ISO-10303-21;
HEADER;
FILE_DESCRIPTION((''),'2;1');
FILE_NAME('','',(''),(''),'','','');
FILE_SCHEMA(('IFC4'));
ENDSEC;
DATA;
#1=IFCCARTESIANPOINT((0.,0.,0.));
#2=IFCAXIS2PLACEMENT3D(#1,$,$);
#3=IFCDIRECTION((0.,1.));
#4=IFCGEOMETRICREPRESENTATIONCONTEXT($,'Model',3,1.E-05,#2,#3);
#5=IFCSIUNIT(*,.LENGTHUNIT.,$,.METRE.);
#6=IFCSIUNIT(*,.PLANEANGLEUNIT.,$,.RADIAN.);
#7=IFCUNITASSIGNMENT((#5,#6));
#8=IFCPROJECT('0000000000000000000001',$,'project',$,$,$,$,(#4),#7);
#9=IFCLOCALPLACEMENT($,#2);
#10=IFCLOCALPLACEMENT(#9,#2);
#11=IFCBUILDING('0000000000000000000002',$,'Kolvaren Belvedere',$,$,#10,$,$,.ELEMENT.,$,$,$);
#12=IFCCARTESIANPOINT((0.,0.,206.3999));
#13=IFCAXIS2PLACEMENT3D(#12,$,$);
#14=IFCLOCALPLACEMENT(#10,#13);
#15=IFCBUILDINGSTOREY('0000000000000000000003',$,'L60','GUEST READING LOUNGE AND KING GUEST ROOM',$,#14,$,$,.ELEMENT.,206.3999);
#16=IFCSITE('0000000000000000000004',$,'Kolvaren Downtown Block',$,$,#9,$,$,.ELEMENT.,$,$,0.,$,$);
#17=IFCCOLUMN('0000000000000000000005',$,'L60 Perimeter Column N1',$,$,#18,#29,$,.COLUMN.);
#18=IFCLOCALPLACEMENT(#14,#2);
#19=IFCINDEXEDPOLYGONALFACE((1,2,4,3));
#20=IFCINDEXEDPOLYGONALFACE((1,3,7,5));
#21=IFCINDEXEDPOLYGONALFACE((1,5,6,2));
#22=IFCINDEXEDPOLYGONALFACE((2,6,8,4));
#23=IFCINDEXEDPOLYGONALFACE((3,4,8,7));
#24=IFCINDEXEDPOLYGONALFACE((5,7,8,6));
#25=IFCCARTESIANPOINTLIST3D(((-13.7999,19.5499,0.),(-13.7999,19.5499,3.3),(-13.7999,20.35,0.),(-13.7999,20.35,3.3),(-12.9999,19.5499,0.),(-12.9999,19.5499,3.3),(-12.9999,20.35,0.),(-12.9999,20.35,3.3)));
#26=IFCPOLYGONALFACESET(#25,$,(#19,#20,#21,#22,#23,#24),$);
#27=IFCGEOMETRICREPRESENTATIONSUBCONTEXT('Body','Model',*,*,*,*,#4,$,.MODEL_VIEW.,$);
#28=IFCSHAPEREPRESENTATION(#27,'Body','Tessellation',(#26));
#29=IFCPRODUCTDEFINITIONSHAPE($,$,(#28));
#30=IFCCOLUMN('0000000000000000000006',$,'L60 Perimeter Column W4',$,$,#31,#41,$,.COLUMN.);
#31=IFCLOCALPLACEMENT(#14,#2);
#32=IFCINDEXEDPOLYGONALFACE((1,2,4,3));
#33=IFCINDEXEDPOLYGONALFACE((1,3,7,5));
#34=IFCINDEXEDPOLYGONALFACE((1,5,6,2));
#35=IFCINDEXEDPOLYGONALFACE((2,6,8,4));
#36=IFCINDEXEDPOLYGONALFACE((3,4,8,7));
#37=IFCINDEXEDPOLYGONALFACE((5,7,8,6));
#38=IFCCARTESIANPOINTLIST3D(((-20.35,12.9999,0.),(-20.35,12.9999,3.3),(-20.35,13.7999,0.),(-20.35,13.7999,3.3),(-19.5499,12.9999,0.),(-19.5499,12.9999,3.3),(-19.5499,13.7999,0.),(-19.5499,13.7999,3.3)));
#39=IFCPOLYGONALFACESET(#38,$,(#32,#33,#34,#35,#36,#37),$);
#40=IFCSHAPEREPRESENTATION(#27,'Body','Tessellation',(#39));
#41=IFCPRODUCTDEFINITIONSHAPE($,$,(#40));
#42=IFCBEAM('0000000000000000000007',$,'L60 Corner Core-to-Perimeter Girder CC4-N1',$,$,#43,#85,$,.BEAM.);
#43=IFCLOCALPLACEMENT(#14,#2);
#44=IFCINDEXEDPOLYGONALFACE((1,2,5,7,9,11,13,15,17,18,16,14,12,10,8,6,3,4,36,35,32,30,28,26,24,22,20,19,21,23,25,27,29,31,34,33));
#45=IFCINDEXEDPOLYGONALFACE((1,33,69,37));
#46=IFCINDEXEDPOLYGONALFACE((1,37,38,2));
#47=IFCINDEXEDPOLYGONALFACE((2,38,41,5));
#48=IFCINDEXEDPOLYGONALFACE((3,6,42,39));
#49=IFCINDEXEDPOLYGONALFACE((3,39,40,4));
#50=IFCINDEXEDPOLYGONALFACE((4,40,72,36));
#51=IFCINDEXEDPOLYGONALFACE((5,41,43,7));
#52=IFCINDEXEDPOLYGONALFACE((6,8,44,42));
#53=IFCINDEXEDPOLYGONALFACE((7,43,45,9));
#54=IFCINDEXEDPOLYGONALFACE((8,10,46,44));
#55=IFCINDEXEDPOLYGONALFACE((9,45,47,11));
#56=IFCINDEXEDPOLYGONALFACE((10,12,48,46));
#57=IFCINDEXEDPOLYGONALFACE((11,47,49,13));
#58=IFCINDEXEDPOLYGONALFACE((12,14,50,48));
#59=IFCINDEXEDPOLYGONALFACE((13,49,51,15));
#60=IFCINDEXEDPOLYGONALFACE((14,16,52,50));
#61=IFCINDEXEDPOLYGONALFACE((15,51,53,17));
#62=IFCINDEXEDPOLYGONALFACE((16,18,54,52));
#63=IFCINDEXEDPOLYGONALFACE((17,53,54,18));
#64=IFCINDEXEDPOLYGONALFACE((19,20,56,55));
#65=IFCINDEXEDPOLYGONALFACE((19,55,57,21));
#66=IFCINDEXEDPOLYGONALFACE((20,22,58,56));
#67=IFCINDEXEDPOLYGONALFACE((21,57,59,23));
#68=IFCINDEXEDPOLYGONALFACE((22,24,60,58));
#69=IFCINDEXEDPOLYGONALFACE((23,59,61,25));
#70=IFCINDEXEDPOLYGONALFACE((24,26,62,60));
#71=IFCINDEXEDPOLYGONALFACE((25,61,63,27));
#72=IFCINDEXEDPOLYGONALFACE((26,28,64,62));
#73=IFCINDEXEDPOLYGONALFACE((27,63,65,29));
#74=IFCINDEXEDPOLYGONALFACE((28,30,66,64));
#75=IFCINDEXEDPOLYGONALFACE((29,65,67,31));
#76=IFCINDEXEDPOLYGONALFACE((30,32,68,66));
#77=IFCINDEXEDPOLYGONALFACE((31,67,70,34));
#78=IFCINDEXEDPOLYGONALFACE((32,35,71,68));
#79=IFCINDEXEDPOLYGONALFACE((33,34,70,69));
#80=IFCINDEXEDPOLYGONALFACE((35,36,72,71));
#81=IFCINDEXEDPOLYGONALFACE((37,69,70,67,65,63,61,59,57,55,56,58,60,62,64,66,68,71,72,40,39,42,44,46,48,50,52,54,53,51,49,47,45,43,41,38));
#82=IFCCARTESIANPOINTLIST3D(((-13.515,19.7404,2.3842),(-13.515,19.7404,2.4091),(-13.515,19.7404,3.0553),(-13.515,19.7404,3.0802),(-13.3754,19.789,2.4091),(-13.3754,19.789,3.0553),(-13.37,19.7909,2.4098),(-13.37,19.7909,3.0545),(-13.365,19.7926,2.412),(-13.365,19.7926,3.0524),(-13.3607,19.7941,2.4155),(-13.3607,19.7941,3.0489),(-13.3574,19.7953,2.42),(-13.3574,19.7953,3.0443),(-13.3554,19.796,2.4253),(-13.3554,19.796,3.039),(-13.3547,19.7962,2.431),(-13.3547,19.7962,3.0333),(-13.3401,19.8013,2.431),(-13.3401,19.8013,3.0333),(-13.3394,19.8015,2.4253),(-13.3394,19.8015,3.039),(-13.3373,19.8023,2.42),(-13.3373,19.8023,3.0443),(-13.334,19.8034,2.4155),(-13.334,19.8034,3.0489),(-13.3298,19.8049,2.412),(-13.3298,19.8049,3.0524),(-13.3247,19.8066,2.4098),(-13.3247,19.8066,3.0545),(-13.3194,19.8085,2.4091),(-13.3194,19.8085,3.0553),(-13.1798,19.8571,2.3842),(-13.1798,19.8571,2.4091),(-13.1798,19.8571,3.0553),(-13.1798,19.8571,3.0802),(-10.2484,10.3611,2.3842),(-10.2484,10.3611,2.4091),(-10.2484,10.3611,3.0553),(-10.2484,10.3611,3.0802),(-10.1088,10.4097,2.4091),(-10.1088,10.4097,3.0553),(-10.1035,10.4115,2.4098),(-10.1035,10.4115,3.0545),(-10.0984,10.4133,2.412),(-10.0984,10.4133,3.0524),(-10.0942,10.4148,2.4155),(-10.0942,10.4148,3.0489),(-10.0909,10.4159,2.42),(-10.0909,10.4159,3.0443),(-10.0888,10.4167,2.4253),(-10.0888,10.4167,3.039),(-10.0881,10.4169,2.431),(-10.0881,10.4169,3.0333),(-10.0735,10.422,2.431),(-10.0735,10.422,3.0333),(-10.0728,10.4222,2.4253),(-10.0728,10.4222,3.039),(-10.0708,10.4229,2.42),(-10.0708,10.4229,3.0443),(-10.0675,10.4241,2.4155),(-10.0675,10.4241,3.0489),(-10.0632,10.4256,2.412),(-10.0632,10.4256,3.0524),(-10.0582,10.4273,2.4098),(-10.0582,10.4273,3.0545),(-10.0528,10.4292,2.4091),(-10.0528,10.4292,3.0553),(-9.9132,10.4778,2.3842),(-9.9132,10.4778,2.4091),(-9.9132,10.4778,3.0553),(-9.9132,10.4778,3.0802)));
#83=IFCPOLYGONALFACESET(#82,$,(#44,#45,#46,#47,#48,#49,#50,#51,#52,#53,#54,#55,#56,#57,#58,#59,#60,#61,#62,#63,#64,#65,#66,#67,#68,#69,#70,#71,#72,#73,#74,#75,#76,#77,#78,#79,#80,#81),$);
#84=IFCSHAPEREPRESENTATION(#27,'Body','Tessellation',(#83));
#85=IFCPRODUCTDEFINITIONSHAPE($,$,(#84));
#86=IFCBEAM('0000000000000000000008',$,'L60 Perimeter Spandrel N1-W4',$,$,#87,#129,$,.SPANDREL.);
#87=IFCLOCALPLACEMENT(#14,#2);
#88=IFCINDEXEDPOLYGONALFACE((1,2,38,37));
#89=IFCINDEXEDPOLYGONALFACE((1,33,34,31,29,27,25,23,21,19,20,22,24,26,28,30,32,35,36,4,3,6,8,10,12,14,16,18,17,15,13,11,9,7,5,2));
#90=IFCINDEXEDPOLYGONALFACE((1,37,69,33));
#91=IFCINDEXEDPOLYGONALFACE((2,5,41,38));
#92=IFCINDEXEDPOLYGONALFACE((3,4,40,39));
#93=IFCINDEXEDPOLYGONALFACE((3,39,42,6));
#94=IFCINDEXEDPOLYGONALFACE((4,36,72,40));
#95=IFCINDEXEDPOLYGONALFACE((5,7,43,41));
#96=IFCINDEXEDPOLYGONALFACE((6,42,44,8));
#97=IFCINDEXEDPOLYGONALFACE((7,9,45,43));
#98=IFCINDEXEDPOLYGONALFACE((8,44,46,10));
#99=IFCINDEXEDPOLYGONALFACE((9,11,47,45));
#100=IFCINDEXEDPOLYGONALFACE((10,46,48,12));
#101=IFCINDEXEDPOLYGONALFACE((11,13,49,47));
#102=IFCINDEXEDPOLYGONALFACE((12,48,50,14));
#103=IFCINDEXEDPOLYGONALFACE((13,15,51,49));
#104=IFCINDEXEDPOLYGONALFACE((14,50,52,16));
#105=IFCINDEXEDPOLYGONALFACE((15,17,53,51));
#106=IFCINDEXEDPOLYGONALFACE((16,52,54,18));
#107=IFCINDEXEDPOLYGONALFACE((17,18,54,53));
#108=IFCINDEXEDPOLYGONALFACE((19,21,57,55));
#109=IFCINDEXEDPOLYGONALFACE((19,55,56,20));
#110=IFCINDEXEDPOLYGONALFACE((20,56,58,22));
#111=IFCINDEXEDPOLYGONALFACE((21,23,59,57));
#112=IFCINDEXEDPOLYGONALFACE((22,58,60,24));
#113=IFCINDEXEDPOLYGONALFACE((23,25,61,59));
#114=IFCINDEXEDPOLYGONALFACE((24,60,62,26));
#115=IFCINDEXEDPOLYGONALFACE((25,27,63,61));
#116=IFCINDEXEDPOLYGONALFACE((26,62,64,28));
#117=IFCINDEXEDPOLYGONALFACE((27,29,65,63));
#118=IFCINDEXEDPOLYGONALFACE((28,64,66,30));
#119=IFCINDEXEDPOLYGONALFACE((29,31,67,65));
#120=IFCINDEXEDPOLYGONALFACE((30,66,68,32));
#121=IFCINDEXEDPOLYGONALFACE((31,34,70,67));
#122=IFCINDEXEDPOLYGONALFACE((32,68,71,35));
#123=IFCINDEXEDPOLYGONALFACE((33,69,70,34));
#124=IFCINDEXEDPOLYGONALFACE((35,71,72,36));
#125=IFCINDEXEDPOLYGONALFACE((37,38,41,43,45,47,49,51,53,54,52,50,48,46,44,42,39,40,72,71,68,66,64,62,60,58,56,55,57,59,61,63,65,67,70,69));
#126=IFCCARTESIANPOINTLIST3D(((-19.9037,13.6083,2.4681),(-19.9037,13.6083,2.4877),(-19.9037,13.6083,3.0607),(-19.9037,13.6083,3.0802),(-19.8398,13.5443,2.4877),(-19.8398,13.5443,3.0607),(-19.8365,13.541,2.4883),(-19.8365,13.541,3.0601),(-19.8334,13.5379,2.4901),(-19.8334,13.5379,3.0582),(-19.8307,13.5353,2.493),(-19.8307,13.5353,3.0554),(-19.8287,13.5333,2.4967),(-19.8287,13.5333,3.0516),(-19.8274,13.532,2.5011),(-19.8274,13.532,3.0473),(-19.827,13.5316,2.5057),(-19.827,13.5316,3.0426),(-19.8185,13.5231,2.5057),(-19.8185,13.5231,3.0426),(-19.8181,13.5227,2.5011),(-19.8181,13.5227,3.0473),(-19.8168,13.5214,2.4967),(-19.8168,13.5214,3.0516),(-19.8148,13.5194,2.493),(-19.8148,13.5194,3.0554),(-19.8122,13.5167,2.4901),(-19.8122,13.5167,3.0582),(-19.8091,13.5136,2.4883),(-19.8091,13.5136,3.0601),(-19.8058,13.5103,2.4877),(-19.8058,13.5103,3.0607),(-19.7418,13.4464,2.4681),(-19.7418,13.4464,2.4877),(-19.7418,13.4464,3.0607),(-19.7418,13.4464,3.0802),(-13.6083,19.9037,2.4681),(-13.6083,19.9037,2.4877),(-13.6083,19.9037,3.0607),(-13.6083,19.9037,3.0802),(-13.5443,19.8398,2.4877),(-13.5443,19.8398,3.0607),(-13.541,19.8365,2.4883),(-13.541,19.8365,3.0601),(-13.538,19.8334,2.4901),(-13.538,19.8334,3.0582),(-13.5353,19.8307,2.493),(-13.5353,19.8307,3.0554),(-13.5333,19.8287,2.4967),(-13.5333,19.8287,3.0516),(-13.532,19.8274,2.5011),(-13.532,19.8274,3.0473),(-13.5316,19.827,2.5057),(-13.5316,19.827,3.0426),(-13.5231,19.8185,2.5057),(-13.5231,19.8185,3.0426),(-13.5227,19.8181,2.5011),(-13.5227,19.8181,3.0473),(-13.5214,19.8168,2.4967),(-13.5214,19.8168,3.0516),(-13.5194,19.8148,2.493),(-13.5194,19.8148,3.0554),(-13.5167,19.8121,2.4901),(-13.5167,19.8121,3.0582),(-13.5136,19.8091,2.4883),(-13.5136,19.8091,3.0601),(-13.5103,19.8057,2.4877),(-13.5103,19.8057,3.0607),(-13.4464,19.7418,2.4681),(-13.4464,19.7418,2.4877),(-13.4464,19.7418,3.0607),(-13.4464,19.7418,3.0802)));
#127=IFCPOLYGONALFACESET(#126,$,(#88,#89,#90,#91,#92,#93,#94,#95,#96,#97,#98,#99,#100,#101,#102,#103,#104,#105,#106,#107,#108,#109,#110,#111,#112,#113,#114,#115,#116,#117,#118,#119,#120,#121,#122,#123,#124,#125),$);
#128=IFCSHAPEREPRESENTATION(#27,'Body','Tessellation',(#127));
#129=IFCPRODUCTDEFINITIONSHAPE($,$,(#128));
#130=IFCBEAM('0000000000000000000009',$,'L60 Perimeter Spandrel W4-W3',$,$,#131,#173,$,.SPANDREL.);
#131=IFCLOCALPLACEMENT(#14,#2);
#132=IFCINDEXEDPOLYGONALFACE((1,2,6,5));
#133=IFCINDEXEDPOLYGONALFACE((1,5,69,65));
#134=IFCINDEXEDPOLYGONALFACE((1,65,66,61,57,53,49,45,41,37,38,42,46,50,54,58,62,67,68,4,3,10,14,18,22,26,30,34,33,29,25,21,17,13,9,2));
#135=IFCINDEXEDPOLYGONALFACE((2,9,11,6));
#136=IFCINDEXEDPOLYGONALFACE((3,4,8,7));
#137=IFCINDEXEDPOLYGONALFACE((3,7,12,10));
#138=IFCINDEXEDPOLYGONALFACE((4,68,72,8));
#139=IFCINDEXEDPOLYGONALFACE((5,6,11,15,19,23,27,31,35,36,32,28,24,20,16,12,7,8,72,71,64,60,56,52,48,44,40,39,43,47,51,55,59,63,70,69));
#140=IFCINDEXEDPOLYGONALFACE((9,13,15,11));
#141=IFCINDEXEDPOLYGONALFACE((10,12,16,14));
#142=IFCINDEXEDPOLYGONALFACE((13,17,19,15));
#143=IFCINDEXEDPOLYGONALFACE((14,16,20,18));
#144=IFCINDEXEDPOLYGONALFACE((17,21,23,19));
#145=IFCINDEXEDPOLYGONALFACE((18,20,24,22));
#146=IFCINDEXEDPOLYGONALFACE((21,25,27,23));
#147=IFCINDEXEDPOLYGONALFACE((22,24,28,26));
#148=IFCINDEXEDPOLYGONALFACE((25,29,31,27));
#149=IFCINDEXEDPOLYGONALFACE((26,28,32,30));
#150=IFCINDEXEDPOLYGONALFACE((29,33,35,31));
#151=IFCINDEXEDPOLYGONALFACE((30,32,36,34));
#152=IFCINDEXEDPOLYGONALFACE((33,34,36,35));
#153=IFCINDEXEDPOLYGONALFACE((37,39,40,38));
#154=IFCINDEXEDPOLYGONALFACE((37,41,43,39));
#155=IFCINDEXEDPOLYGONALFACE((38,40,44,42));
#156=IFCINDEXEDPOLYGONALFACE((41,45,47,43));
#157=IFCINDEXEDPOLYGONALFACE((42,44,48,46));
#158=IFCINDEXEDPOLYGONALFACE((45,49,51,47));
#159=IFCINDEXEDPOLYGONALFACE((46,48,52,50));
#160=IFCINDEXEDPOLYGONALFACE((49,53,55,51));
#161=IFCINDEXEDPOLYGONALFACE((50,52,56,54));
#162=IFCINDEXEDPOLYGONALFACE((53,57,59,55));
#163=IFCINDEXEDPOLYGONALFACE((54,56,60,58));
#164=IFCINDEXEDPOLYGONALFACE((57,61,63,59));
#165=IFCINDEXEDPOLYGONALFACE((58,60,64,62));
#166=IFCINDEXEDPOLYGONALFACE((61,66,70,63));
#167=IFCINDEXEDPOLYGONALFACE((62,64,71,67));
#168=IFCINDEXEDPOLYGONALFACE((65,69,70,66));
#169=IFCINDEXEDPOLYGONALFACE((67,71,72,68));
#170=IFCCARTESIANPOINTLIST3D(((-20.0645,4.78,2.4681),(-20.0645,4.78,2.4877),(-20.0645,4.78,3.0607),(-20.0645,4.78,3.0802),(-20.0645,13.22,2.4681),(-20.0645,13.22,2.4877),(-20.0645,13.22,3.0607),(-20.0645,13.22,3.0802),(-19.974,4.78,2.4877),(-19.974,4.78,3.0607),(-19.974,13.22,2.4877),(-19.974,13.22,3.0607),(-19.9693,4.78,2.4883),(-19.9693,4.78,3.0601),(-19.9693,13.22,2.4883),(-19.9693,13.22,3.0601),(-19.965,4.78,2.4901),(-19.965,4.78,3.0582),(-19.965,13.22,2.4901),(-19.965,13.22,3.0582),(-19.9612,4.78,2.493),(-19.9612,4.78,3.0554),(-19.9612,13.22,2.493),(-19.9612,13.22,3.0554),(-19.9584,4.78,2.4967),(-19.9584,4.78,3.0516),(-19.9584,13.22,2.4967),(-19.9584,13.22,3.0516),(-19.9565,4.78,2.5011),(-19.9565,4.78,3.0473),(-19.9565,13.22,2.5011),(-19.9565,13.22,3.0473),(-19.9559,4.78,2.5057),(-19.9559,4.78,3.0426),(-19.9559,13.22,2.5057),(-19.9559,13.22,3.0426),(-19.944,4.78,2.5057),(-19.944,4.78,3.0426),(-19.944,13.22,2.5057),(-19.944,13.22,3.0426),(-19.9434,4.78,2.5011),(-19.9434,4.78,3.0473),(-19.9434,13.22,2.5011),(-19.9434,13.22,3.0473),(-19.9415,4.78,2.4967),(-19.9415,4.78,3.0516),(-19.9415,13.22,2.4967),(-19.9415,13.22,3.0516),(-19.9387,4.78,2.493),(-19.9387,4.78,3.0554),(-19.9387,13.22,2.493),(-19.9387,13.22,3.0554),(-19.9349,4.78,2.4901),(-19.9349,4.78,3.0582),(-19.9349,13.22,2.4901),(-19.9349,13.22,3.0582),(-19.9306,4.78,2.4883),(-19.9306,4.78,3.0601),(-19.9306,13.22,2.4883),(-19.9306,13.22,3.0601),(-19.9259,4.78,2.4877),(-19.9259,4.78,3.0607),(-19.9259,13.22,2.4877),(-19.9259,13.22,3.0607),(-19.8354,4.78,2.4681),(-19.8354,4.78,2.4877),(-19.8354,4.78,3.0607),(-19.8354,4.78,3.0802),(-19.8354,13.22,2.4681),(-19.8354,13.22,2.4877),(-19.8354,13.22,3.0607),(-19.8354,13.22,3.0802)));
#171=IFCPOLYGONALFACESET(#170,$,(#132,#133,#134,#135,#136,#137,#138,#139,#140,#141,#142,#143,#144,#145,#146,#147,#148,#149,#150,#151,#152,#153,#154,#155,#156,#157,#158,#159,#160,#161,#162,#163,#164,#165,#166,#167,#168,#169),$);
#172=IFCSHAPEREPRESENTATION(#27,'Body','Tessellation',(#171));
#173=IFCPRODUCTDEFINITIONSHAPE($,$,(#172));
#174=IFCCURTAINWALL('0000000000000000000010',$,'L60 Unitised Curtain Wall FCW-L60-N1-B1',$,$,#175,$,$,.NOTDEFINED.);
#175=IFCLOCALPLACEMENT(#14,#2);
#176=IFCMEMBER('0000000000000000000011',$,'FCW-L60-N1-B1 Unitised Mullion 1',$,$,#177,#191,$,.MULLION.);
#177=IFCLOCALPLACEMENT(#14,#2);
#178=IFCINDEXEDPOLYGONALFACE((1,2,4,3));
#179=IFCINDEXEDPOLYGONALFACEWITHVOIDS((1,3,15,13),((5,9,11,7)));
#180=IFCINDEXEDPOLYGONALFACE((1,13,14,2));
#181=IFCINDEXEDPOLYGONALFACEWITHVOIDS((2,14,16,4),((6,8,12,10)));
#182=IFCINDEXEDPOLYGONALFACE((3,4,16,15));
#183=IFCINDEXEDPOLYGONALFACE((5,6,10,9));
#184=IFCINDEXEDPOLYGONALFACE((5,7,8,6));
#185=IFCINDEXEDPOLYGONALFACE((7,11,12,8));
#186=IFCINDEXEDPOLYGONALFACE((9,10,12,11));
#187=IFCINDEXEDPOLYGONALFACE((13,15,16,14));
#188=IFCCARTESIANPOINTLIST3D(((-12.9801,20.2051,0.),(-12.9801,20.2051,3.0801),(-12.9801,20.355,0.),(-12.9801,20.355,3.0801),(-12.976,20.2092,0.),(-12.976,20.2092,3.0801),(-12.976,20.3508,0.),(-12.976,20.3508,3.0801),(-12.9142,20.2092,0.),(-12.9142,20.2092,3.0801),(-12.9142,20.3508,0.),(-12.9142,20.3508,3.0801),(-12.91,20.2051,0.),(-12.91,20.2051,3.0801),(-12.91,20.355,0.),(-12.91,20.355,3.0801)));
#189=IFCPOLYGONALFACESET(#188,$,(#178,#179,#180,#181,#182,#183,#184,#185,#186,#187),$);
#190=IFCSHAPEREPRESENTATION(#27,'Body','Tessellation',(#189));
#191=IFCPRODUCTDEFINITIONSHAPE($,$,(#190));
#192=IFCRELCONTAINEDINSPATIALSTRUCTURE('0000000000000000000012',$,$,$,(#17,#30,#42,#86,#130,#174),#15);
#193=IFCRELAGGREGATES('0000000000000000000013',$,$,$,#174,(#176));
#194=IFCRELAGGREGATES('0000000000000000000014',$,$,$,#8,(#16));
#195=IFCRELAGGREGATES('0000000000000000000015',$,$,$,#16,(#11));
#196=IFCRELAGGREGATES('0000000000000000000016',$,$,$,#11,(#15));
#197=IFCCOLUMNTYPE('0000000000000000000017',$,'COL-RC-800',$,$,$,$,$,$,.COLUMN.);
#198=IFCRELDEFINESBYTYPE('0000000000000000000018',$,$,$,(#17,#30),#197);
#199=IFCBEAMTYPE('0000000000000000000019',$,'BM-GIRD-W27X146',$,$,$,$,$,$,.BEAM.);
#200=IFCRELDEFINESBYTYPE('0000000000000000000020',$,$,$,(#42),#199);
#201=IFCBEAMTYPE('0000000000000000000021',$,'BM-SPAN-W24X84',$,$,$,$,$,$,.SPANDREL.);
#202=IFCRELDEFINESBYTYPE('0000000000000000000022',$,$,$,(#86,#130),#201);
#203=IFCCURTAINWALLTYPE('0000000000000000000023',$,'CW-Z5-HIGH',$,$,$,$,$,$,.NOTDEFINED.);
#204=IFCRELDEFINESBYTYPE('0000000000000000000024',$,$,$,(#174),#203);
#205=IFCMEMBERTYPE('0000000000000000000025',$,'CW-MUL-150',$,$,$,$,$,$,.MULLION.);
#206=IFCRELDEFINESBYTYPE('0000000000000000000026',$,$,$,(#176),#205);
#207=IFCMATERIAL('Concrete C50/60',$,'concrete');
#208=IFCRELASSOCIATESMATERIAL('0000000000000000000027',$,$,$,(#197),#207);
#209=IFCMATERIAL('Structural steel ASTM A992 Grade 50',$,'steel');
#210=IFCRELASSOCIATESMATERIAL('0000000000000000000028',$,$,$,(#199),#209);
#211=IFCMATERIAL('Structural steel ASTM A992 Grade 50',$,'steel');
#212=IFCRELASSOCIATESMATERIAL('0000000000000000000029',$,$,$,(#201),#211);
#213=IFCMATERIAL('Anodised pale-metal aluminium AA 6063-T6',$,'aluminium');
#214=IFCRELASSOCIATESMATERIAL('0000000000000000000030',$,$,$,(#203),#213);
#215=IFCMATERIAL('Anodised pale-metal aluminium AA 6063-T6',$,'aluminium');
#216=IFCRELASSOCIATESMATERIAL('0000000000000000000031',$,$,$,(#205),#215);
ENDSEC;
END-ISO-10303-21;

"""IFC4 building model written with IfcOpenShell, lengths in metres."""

from ifc_helpers import new_model, si_unit, direction, frame, origin, origin_2d, place, context, subcontext, project, spatial, rectangle, hollow_rectangle, i_section, extrude, material, material_profile, profile_set, type_object, element, aggregate, save


model = new_model("IFC4")

# Units and contexts
model_context = context("Model", 3, precision=1e-05, world=origin(), true_north=direction((0.0, 1.0)))
body_context = subcontext(model_context, "Body", "Model", "MODEL_VIEW")
ifc_project = project(units=[si_unit("LENGTHUNIT", "METRE"), si_unit("PLANEANGLEUNIT", "RADIAN")], contexts=[model_context])

# Site, building, storey
site_placement = place(None, origin())
site = spatial("IfcSite", under=ifc_project, at=site_placement, Name="Kolvaren Downtown Block", CompositionType="ELEMENT", RefElevation=0.0)
building_placement = place(site_placement, origin())
building = spatial("IfcBuilding", under=site, at=building_placement, Name="Kolvaren Belvedere", CompositionType="ELEMENT")
storey_placement = place(building_placement, frame((0.0, 0.0, 206.3999)))
storey = spatial("IfcBuildingStorey", under=building, at=storey_placement, Name="L60", Description="GUEST READING LOUNGE AND KING GUEST ROOM", CompositionType="ELEMENT", Elevation=206.3999)

# Columns
ifc_material_1 = material(Name="Concrete C50/60", Category="concrete")
ifc_material_profile_1 = material_profile(ifc_material_1, rectangle(XDim=0.8, YDim=0.8, at=origin_2d()), Name="RC 800X800")
ifc_profile_set_1 = profile_set([ifc_material_profile_1], Name="Concrete C50/60")
column_type = type_object("IfcColumnType", Name="COL-RC-800", PredefinedType="COLUMN", material=ifc_profile_set_1)
for number, where, z_axis, x_axis, name in (
    (1, (-13.3999, 19.95, 0.0), (0.0, 0.0, 1.0), (1.0, 0.0, 0.0), "L60 Perimeter Column N1"),
    (2, (-19.95, 13.3999, 0.0), (0.0, 0.0, 1.0), (1.0, 0.0, 0.0), "L60 Perimeter Column W4"),
):
    element("IfcColumn", number, at=place(storey_placement, frame(where, z_axis=z_axis, x_axis=x_axis)), inside=storey, type_object=column_type, Name=name, PredefinedType="COLUMN", context=body_context, shape_type="SweptSolid", body=[
        extrude(rectangle(XDim=0.8, YDim=0.8, at=origin_2d()), origin(), (0.0, 0.0, 1.0), 3.3),
    ])

# Beams
ifc_material_2 = material(Name="Structural steel ASTM A992 Grade 50", Category="steel")
ifc_material_profile_2 = material_profile(ifc_material_2, i_section(OverallWidth=0.355, OverallDepth=0.696, WebThickness=0.0154, FlangeThickness=0.0249, FilletRadius=0.022, at=origin_2d()), Name="W27X146")
ifc_profile_set_2 = profile_set([ifc_material_profile_2], Name="Structural steel ASTM A992 Grade 50")
beam_type_1 = type_object("IfcBeamType", Name="BM-GIRD-W27X146", PredefinedType="BEAM", material=ifc_profile_set_2)
beam_1_placement = place(storey_placement, frame((-10.0808, 10.4194, 2.7322), z_axis=(-0.328898, 0.944365, 0.0), x_axis=(-0.944365, -0.328898, 0.0)))
element("IfcBeam", 3, at=beam_1_placement, inside=storey, type_object=beam_type_1, Name="L60 Corner Core-to-Perimeter Girder CC4-N1", PredefinedType="BEAM", context=body_context, shape_type="SweptSolid", body=[
    extrude(i_section(OverallWidth=0.355, OverallDepth=0.696, WebThickness=0.0154, FlangeThickness=0.0249, FilletRadius=0.022, at=origin_2d()), origin(), (0.0, 0.0, 1.0), 9.9319),
])
ifc_material_3 = material(Name="Structural steel ASTM A992 Grade 50", Category="steel")
ifc_material_profile_3 = material_profile(ifc_material_3, i_section(OverallWidth=0.229, OverallDepth=0.6121, WebThickness=0.012, FlangeThickness=0.0195, FilletRadius=0.0181, at=origin_2d()), Name="W24X84")
ifc_profile_set_3 = profile_set([ifc_material_profile_3], Name="Structural steel ASTM A992 Grade 50")
beam_type_2 = type_object("IfcBeamType", Name="BM-SPAN-W24X84", PredefinedType="SPANDREL", material=ifc_profile_set_3)
beam_2_placement = place(storey_placement, frame((-13.5273, 19.8228, 2.7742), z_axis=(-0.707107, -0.707107, 0.0), x_axis=(0.707107, -0.707107, 0.0)))
element("IfcBeam", 4, at=beam_2_placement, inside=storey, type_object=beam_type_2, Name="L60 Perimeter Spandrel N1-W4", PredefinedType="SPANDREL", context=body_context, shape_type="SweptSolid", body=[
    extrude(i_section(OverallWidth=0.229, OverallDepth=0.6121, WebThickness=0.012, FlangeThickness=0.0195, FilletRadius=0.0181, at=origin_2d()), origin(), (0.0, 0.0, 1.0), 8.9031),
])
beam_3_placement = place(storey_placement, frame((-19.95, 13.22, 2.7742), z_axis=(0.0, -1.0, 0.0), x_axis=(1.0, 0.0, 0.0)))
element("IfcBeam", 5, at=beam_3_placement, inside=storey, type_object=beam_type_2, Name="L60 Perimeter Spandrel W4-W3", PredefinedType="SPANDREL", context=body_context, shape_type="SweptSolid", body=[
    extrude(i_section(OverallWidth=0.229, OverallDepth=0.6121, WebThickness=0.012, FlangeThickness=0.0195, FilletRadius=0.0181, at=origin_2d()), origin(), (0.0, 0.0, 1.0), 8.4399),
])

# Curtain wall, member
ifc_material_4 = material(Name="Anodised pale-metal aluminium AA 6063-T6", Category="aluminium")
curtain_wall_type = type_object("IfcCurtainWallType", Name="CW-Z5-HIGH", PredefinedType="NOTDEFINED", material=ifc_material_4)
curtain_wall_1_placement = place(storey_placement, origin())
curtain_wall_1 = element("IfcCurtainWall", 6, at=curtain_wall_1_placement, inside=storey, type_object=curtain_wall_type, Name="L60 Unitised Curtain Wall FCW-L60-N1-B1", PredefinedType="NOTDEFINED")
ifc_material_5 = material(Name="Anodised pale-metal aluminium AA 6063-T6", Category="aluminium")
ifc_material_profile_4 = material_profile(ifc_material_5, hollow_rectangle(XDim=0.0701, YDim=0.1499, WallThickness=0.0042, at=origin_2d()), Name="ALU-MUL-150X70")
ifc_profile_set_4 = profile_set([ifc_material_profile_4], Name="Anodised pale-metal aluminium AA 6063-T6")
member_type_1 = type_object("IfcMemberType", Name="CW-MUL-150", PredefinedType="MULLION", material=ifc_profile_set_4)
member_1_placement = place(storey_placement, frame((-12.9451, 20.28, 0.0), z_axis=(0.0, 0.0, 1.0), x_axis=(1.0, 0.0, 0.0)))
member_1 = element("IfcMember", 7, at=member_1_placement, type_object=member_type_1, Name="FCW-L60-N1-B1 Unitised Mullion 1", PredefinedType="MULLION", context=body_context, shape_type="SweptSolid", body=[
    extrude(hollow_rectangle(XDim=0.0701, YDim=0.1499, WallThickness=0.0042, at=origin_2d()), origin(), (0.0, 0.0, 1.0), 3.0801),
])

aggregate(curtain_wall_1, [member_1])

save(model, "model.ifc")
